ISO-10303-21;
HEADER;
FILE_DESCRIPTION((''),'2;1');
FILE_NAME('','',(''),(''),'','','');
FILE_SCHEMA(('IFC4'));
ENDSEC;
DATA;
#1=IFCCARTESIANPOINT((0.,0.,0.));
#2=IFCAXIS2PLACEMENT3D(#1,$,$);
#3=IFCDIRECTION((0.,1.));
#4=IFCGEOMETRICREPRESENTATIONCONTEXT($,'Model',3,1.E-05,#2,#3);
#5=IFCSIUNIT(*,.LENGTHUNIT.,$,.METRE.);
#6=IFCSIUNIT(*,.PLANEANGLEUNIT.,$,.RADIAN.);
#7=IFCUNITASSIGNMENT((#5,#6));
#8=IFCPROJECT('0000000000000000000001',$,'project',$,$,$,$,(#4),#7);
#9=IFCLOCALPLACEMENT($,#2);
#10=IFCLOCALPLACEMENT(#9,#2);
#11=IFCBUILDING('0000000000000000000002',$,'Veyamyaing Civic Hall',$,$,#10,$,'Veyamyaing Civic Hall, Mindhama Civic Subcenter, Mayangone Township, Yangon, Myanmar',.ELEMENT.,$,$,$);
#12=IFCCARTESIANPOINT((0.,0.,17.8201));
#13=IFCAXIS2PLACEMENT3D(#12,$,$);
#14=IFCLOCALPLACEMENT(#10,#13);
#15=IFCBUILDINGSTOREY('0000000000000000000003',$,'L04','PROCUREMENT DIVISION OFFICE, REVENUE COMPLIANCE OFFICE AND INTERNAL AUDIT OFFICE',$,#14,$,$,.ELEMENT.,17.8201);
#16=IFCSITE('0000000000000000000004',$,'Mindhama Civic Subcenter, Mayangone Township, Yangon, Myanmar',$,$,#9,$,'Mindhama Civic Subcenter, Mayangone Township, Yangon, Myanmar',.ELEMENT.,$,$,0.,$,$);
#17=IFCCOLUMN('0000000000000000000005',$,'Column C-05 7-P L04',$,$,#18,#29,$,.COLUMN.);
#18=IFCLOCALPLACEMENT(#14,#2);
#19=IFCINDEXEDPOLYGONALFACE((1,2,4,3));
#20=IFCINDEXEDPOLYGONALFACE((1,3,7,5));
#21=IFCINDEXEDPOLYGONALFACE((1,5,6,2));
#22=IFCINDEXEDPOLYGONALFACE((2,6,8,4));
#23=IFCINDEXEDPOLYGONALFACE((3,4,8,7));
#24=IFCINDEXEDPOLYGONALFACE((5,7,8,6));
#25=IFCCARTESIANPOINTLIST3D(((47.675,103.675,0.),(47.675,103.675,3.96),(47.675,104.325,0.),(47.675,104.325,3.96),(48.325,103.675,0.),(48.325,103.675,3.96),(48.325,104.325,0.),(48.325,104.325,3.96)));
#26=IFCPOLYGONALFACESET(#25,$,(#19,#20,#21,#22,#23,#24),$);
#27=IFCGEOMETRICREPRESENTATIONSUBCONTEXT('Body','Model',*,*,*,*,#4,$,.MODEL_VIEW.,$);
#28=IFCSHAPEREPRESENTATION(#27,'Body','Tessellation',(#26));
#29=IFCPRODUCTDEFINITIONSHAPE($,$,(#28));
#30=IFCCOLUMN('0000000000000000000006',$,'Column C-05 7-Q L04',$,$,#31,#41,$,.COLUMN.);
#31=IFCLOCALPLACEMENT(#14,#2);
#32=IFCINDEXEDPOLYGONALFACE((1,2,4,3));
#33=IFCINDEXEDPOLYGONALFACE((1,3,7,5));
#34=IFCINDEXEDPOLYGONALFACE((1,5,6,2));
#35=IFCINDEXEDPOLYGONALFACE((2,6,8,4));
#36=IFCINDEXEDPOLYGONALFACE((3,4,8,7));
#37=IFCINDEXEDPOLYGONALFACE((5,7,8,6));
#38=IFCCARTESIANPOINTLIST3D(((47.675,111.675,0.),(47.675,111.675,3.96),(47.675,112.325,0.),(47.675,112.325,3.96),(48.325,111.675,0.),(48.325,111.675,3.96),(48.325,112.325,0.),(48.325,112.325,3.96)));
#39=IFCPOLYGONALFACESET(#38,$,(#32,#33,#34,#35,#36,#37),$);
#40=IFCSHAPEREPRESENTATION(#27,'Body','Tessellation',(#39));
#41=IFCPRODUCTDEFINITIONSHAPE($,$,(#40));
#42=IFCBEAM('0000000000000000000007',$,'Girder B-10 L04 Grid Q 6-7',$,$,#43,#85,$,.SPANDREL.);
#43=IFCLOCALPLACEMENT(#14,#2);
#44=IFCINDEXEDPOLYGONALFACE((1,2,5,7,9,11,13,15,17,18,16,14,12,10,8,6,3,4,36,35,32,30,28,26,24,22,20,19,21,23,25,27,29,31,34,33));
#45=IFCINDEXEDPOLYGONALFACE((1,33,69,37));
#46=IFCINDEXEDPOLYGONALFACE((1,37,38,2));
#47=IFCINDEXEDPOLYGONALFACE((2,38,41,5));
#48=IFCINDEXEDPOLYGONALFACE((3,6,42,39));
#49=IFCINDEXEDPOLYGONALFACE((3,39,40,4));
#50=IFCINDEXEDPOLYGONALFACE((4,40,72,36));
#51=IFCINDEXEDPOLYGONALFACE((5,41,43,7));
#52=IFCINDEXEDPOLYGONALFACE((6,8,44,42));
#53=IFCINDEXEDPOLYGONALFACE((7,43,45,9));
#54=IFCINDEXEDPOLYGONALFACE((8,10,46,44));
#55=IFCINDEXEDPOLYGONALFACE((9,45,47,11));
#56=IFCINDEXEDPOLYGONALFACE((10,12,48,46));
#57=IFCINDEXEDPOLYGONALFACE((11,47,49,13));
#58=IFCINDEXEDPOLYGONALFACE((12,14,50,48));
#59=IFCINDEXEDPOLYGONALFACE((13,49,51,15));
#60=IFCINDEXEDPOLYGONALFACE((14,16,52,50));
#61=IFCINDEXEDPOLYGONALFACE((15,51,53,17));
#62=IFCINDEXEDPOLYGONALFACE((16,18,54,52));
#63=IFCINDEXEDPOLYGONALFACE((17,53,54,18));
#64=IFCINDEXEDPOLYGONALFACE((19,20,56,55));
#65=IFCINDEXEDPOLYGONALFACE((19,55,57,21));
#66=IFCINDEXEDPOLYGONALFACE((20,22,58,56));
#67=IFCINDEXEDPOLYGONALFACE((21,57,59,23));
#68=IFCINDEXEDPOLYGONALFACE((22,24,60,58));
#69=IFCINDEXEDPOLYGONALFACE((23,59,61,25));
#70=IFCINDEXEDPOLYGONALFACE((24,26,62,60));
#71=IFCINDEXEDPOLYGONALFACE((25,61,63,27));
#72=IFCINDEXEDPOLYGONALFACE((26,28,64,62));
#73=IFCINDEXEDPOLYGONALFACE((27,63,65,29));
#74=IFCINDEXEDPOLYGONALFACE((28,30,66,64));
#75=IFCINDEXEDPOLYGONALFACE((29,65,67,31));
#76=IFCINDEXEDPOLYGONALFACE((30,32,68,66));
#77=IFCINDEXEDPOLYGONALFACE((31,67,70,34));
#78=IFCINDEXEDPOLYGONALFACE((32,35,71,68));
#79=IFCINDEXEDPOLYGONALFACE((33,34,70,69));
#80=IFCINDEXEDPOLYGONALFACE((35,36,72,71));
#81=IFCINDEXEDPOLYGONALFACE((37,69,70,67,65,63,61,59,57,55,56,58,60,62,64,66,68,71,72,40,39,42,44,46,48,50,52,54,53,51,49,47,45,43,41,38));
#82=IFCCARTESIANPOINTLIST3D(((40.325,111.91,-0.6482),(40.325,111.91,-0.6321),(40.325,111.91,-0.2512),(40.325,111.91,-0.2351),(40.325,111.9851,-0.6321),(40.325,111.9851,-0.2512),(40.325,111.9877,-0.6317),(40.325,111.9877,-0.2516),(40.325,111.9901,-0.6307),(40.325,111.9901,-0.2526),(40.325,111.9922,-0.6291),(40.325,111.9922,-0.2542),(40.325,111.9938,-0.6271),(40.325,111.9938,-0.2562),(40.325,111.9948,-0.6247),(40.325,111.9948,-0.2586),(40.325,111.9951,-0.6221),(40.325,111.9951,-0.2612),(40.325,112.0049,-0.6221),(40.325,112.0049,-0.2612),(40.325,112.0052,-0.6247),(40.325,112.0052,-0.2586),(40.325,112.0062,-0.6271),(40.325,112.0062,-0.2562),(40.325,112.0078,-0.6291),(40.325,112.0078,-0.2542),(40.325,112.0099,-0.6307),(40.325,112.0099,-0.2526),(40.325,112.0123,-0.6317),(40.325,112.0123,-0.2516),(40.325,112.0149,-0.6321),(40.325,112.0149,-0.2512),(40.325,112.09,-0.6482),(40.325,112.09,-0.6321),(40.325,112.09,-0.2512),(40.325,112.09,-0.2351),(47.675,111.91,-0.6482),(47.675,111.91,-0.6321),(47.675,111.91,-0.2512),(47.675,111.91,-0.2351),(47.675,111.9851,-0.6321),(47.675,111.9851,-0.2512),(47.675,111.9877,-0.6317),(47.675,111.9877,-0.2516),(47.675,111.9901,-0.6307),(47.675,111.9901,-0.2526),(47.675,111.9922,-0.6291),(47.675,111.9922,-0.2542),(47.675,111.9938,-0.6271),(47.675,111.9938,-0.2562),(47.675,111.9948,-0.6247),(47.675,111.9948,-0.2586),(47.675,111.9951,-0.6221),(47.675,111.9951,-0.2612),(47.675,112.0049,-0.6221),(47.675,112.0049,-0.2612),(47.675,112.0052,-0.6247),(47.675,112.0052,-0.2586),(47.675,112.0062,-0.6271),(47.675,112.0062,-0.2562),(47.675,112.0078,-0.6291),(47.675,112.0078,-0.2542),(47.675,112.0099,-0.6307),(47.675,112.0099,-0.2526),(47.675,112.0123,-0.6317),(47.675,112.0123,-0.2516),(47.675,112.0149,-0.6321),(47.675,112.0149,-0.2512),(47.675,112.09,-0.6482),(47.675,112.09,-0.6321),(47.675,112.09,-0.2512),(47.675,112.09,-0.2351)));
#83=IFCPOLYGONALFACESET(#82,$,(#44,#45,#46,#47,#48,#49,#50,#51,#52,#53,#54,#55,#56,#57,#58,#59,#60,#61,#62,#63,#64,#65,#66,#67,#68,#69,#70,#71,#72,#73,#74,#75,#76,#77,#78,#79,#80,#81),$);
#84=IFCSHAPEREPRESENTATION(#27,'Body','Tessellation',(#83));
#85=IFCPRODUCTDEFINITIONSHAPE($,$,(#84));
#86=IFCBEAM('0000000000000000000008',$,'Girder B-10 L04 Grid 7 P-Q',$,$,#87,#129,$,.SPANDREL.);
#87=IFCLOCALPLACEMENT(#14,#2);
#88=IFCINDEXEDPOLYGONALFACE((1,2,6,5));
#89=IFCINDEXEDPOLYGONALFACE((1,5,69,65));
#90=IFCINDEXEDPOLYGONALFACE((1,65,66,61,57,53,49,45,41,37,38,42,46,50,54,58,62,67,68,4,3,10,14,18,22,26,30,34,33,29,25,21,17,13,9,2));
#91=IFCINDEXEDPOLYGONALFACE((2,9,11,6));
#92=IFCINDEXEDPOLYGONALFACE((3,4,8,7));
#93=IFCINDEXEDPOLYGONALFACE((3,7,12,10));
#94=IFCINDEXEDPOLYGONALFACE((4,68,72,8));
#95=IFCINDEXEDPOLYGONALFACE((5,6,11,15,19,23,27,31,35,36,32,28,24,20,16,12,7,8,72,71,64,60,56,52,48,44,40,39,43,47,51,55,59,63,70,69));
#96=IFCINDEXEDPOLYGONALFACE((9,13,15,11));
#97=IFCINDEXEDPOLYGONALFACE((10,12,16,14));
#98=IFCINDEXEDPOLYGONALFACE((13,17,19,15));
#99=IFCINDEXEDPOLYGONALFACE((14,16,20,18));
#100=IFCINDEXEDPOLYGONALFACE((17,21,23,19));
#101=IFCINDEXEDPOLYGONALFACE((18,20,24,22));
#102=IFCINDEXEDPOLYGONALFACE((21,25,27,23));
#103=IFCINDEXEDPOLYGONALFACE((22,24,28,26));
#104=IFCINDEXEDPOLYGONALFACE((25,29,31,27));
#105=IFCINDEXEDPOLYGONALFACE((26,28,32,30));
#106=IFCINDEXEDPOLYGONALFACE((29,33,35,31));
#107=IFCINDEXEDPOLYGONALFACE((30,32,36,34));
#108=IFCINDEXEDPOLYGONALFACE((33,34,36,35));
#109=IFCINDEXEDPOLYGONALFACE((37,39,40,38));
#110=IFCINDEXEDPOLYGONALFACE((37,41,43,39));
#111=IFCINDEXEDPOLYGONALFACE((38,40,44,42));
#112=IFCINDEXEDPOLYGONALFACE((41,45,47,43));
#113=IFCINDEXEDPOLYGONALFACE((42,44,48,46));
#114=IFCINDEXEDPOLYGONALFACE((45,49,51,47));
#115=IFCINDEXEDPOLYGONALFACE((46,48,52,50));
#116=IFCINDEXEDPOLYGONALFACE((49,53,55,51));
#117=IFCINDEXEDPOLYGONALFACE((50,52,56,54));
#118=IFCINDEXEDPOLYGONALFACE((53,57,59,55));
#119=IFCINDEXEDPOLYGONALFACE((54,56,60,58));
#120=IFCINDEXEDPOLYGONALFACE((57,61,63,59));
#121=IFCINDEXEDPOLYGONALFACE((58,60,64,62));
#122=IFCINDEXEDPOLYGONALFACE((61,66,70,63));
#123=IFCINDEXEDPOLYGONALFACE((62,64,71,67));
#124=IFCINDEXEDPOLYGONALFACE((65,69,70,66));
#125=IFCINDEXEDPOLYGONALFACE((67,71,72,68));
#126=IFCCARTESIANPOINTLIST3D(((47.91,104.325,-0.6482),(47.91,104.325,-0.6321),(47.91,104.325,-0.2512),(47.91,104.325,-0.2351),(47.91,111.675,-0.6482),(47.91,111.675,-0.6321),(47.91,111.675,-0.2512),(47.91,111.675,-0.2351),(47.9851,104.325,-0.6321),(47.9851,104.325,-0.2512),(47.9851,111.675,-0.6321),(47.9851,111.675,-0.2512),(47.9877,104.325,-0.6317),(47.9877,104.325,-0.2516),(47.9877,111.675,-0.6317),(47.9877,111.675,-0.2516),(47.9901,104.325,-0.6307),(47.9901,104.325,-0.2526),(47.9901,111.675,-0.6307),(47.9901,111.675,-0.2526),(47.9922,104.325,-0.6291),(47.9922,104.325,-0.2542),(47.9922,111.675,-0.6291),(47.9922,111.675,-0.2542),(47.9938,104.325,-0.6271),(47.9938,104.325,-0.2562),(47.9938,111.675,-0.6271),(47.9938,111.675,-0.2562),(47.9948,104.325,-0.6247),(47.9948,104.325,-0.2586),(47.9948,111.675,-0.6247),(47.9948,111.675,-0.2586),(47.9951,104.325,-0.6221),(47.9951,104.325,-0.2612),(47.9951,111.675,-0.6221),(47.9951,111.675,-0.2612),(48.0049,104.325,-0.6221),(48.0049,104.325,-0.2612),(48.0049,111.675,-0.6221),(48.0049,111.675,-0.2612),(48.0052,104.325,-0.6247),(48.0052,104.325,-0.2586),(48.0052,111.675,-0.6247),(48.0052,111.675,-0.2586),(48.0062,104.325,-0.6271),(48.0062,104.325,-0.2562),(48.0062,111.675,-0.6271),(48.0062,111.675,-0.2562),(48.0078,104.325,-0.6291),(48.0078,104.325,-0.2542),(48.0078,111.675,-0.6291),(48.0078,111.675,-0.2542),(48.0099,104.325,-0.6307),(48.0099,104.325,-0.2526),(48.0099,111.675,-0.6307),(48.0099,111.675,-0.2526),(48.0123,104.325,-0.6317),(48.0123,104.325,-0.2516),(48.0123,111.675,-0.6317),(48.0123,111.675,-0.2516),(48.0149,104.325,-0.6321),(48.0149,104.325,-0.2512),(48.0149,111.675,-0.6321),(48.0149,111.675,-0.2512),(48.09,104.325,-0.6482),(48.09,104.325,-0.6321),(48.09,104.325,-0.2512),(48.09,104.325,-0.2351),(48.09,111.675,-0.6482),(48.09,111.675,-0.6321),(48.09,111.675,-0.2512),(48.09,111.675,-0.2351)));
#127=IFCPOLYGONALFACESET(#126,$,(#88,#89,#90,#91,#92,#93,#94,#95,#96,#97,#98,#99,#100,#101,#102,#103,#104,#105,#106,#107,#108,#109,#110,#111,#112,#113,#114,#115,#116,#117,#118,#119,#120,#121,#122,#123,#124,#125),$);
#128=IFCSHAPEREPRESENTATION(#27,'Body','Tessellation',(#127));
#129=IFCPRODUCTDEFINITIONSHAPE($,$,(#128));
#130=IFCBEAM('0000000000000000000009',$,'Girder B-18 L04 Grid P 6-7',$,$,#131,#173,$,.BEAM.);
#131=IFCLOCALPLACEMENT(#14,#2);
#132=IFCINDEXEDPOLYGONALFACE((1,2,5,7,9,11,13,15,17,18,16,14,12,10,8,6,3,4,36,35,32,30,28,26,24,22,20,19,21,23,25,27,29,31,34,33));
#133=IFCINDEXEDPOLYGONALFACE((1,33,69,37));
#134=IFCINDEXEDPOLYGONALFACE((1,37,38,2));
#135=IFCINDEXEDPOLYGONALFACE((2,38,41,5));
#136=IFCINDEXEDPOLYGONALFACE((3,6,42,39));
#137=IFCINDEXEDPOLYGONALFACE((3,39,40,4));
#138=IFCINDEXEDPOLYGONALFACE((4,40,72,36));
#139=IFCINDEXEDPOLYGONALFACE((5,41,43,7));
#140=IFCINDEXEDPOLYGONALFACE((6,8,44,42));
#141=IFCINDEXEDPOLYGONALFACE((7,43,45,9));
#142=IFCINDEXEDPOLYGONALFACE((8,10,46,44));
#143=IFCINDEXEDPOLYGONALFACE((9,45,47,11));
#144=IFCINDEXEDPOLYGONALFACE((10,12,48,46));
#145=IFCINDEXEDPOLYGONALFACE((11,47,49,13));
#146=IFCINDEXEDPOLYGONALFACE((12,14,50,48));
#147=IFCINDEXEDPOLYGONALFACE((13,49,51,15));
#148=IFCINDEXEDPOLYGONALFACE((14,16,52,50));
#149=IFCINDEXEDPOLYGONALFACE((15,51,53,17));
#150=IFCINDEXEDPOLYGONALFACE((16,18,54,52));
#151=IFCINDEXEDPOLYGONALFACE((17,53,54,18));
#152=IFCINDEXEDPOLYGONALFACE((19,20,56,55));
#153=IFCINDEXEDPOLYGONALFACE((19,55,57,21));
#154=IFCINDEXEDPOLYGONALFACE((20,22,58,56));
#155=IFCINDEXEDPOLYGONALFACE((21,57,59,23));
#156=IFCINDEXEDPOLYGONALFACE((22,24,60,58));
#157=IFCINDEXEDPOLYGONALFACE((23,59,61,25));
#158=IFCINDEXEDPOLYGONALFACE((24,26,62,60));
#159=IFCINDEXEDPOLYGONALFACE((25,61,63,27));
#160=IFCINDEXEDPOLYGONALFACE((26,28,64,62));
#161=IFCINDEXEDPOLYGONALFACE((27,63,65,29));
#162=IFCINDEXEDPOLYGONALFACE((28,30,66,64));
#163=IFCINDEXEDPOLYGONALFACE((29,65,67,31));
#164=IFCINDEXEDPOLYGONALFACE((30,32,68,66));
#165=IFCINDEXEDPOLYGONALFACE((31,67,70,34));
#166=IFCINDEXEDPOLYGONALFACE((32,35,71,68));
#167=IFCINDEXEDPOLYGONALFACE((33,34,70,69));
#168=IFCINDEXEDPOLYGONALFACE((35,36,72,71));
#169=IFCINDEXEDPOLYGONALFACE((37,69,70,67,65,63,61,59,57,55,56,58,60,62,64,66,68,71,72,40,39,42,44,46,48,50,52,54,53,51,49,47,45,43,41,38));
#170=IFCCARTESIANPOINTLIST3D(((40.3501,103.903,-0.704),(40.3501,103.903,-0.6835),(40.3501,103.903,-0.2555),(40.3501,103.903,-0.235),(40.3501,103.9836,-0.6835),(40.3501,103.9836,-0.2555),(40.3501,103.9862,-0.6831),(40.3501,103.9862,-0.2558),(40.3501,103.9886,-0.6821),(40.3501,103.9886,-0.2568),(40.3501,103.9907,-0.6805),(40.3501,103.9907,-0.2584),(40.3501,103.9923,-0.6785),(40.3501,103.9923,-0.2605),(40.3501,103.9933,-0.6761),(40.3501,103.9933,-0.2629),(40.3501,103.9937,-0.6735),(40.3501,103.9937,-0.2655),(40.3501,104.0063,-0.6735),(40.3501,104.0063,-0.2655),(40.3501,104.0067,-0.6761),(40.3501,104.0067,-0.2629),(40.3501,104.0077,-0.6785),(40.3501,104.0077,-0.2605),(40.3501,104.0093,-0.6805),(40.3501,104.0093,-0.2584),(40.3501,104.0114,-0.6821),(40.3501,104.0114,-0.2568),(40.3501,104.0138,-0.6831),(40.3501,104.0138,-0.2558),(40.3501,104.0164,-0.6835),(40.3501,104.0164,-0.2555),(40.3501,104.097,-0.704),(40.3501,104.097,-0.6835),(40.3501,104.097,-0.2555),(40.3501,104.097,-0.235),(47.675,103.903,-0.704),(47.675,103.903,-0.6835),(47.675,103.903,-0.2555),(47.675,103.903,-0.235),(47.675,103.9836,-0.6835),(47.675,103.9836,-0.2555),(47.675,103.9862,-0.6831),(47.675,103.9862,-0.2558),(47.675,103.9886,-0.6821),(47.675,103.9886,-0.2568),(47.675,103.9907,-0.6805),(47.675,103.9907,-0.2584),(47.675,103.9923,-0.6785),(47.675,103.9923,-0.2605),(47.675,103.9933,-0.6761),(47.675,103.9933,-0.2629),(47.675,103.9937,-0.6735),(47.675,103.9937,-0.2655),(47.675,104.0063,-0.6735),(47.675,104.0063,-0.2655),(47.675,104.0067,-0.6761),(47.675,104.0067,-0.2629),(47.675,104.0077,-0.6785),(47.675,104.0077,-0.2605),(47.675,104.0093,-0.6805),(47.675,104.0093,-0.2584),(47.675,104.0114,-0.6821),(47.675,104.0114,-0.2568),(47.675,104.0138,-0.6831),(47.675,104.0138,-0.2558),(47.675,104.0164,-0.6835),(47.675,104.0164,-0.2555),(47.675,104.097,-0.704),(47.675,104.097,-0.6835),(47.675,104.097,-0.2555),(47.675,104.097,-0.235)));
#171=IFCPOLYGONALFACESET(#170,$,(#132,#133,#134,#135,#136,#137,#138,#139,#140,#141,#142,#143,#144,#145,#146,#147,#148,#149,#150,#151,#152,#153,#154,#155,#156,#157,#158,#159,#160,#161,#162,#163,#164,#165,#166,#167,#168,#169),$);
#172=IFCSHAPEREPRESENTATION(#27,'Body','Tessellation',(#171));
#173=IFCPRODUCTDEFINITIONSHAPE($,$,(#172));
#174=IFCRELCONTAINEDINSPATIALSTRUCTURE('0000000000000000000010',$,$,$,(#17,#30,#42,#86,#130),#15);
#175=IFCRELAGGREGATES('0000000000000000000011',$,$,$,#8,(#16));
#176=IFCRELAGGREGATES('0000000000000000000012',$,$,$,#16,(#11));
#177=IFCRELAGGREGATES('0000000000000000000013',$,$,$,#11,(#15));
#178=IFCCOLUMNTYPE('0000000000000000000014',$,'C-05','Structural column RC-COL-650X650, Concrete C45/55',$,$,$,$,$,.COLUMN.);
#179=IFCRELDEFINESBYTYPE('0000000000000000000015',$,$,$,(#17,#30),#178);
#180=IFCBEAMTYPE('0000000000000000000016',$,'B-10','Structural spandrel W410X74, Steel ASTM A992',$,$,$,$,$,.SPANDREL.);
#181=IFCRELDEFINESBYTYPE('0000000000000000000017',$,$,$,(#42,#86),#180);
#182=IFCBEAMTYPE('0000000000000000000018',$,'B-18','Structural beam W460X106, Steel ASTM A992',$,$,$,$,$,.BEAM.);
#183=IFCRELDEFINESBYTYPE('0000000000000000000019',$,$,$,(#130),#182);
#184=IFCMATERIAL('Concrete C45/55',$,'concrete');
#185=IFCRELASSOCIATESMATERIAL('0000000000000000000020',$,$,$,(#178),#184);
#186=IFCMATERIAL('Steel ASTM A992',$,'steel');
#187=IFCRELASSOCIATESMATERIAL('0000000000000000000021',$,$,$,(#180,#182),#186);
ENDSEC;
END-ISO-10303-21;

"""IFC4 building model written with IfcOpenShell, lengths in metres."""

from ifc_helpers import new_model, si_unit, direction, frame, origin, origin_2d, place, context, subcontext, project, spatial, rectangle, i_section, extrude, material, material_profile, profile_set, type_object, element, save


model = new_model("IFC4")

# Units and contexts
model_context = context("Model", 3, precision=1e-05, world=origin(), true_north=direction((0.0, 1.0)))
body_context = subcontext(model_context, "Body", "Model", "MODEL_VIEW")
ifc_project = project(units=[si_unit("LENGTHUNIT", "METRE"), si_unit("PLANEANGLEUNIT", "RADIAN")], contexts=[model_context])

# Site, building, storey
site_placement = place(None, origin())
site = spatial("IfcSite", under=ifc_project, at=site_placement, Name="Mindhama Civic Subcenter, Mayangone Township, Yangon, Myanmar", LongName="Mindhama Civic Subcenter, Mayangone Township, Yangon, Myanmar", CompositionType="ELEMENT", RefElevation=0.0)
building_placement = place(site_placement, origin())
building = spatial("IfcBuilding", under=site, at=building_placement, Name="Veyamyaing Civic Hall", LongName="Veyamyaing Civic Hall, Mindhama Civic Subcenter, Mayangone Township, Yangon, Myanmar", CompositionType="ELEMENT")
storey_placement = place(building_placement, frame((0.0, 0.0, 17.8201)))
storey = spatial("IfcBuildingStorey", under=building, at=storey_placement, Name="L04", Description="PROCUREMENT DIVISION OFFICE, REVENUE COMPLIANCE OFFICE AND INTERNAL AUDIT OFFICE", CompositionType="ELEMENT", Elevation=17.8201)

# Columns
ifc_material_1 = material(Name="Concrete C45/55", Category="concrete")
ifc_material_profile_1 = material_profile(ifc_material_1, rectangle(XDim=0.6499, YDim=0.6499, at=origin_2d()), Name="RC-COL-650X650")
ifc_profile_set_1 = profile_set([ifc_material_profile_1], Name="Concrete C45/55")
column_type = type_object("IfcColumnType", Name="C-05", Description="Structural column RC-COL-650X650, Concrete C45/55", PredefinedType="COLUMN", material=ifc_profile_set_1)
for number, where, z_axis, x_axis, name in (
    (1, (48.0, 104.0, 0.0), (0.0, 0.0, 1.0), (1.0, 0.0, 0.0), "Column C-05 7-P L04"),
    (2, (48.0, 112.0, 0.0), (0.0, 0.0, 1.0), (1.0, 0.0, 0.0), "Column C-05 7-Q L04"),
):
    element("IfcColumn", number, at=place(storey_placement, frame(where, z_axis=z_axis, x_axis=x_axis)), inside=storey, type_object=column_type, Name=name, PredefinedType="COLUMN", context=body_context, shape_type="SweptSolid", body=[
        extrude(rectangle(XDim=0.6499, YDim=0.6499, at=origin_2d()), origin(), (0.0, 0.0, 1.0), 3.96),
    ])

# Beams
ifc_material_2 = material(Name="Steel ASTM A992", Category="steel")
ifc_material_profile_2 = material_profile(ifc_material_2, i_section(OverallWidth=0.1799, OverallDepth=0.4131, WebThickness=0.0098, FlangeThickness=0.0161, FilletRadius=0.01, at=origin_2d()), Name="W410X74")
ifc_profile_set_2 = profile_set([ifc_material_profile_2], Name="Steel ASTM A992")
beam_type_1 = type_object("IfcBeamType", Name="B-10", Description="Structural spandrel W410X74, Steel ASTM A992", PredefinedType="SPANDREL", material=ifc_profile_set_2)
for number, where, z_axis, x_axis, name in (
    (3, (40.325, 112.0, -0.4417), (1.0, 0.0, 0.0), (0.0, 1.0, 0.0), "Girder B-10 L04 Grid Q 6-7"),
    (4, (48.0, 104.325, -0.4417), (0.0, 1.0, 0.0), (-1.0, 0.0, 0.0), "Girder B-10 L04 Grid 7 P-Q"),
):
    element("IfcBeam", number, at=place(storey_placement, frame(where, z_axis=z_axis, x_axis=x_axis)), inside=storey, type_object=beam_type_1, Name=name, PredefinedType="SPANDREL", context=body_context, shape_type="SweptSolid", body=[
        extrude(i_section(OverallWidth=0.1799, OverallDepth=0.4131, WebThickness=0.0098, FlangeThickness=0.0161, FilletRadius=0.01, at=origin_2d()), origin(), (0.0, 0.0, 1.0), 7.3501),
    ])
ifc_material_profile_3 = material_profile(ifc_material_2, i_section(OverallWidth=0.1941, OverallDepth=0.469, WebThickness=0.0127, FlangeThickness=0.0205, FilletRadius=0.01, at=origin_2d()), Name="W460X106")
ifc_profile_set_3 = profile_set([ifc_material_profile_3], Name="Steel ASTM A992")
beam_type_2 = type_object("IfcBeamType", Name="B-18", Description="Structural beam W460X106, Steel ASTM A992", PredefinedType="BEAM", material=ifc_profile_set_3)
beam_1_placement = place(storey_placement, frame((40.3501, 104.0, -0.4695), z_axis=(1.0, 0.0, 0.0), x_axis=(0.0, 1.0, 0.0)))
element("IfcBeam", 5, at=beam_1_placement, inside=storey, type_object=beam_type_2, Name="Girder B-18 L04 Grid P 6-7", PredefinedType="BEAM", context=body_context, shape_type="SweptSolid", body=[
    extrude(i_section(OverallWidth=0.1941, OverallDepth=0.469, WebThickness=0.0127, FlangeThickness=0.0205, FilletRadius=0.01, at=origin_2d()), origin(), (0.0, 0.0, 1.0), 7.325),
])

save(model, "model.ifc")
